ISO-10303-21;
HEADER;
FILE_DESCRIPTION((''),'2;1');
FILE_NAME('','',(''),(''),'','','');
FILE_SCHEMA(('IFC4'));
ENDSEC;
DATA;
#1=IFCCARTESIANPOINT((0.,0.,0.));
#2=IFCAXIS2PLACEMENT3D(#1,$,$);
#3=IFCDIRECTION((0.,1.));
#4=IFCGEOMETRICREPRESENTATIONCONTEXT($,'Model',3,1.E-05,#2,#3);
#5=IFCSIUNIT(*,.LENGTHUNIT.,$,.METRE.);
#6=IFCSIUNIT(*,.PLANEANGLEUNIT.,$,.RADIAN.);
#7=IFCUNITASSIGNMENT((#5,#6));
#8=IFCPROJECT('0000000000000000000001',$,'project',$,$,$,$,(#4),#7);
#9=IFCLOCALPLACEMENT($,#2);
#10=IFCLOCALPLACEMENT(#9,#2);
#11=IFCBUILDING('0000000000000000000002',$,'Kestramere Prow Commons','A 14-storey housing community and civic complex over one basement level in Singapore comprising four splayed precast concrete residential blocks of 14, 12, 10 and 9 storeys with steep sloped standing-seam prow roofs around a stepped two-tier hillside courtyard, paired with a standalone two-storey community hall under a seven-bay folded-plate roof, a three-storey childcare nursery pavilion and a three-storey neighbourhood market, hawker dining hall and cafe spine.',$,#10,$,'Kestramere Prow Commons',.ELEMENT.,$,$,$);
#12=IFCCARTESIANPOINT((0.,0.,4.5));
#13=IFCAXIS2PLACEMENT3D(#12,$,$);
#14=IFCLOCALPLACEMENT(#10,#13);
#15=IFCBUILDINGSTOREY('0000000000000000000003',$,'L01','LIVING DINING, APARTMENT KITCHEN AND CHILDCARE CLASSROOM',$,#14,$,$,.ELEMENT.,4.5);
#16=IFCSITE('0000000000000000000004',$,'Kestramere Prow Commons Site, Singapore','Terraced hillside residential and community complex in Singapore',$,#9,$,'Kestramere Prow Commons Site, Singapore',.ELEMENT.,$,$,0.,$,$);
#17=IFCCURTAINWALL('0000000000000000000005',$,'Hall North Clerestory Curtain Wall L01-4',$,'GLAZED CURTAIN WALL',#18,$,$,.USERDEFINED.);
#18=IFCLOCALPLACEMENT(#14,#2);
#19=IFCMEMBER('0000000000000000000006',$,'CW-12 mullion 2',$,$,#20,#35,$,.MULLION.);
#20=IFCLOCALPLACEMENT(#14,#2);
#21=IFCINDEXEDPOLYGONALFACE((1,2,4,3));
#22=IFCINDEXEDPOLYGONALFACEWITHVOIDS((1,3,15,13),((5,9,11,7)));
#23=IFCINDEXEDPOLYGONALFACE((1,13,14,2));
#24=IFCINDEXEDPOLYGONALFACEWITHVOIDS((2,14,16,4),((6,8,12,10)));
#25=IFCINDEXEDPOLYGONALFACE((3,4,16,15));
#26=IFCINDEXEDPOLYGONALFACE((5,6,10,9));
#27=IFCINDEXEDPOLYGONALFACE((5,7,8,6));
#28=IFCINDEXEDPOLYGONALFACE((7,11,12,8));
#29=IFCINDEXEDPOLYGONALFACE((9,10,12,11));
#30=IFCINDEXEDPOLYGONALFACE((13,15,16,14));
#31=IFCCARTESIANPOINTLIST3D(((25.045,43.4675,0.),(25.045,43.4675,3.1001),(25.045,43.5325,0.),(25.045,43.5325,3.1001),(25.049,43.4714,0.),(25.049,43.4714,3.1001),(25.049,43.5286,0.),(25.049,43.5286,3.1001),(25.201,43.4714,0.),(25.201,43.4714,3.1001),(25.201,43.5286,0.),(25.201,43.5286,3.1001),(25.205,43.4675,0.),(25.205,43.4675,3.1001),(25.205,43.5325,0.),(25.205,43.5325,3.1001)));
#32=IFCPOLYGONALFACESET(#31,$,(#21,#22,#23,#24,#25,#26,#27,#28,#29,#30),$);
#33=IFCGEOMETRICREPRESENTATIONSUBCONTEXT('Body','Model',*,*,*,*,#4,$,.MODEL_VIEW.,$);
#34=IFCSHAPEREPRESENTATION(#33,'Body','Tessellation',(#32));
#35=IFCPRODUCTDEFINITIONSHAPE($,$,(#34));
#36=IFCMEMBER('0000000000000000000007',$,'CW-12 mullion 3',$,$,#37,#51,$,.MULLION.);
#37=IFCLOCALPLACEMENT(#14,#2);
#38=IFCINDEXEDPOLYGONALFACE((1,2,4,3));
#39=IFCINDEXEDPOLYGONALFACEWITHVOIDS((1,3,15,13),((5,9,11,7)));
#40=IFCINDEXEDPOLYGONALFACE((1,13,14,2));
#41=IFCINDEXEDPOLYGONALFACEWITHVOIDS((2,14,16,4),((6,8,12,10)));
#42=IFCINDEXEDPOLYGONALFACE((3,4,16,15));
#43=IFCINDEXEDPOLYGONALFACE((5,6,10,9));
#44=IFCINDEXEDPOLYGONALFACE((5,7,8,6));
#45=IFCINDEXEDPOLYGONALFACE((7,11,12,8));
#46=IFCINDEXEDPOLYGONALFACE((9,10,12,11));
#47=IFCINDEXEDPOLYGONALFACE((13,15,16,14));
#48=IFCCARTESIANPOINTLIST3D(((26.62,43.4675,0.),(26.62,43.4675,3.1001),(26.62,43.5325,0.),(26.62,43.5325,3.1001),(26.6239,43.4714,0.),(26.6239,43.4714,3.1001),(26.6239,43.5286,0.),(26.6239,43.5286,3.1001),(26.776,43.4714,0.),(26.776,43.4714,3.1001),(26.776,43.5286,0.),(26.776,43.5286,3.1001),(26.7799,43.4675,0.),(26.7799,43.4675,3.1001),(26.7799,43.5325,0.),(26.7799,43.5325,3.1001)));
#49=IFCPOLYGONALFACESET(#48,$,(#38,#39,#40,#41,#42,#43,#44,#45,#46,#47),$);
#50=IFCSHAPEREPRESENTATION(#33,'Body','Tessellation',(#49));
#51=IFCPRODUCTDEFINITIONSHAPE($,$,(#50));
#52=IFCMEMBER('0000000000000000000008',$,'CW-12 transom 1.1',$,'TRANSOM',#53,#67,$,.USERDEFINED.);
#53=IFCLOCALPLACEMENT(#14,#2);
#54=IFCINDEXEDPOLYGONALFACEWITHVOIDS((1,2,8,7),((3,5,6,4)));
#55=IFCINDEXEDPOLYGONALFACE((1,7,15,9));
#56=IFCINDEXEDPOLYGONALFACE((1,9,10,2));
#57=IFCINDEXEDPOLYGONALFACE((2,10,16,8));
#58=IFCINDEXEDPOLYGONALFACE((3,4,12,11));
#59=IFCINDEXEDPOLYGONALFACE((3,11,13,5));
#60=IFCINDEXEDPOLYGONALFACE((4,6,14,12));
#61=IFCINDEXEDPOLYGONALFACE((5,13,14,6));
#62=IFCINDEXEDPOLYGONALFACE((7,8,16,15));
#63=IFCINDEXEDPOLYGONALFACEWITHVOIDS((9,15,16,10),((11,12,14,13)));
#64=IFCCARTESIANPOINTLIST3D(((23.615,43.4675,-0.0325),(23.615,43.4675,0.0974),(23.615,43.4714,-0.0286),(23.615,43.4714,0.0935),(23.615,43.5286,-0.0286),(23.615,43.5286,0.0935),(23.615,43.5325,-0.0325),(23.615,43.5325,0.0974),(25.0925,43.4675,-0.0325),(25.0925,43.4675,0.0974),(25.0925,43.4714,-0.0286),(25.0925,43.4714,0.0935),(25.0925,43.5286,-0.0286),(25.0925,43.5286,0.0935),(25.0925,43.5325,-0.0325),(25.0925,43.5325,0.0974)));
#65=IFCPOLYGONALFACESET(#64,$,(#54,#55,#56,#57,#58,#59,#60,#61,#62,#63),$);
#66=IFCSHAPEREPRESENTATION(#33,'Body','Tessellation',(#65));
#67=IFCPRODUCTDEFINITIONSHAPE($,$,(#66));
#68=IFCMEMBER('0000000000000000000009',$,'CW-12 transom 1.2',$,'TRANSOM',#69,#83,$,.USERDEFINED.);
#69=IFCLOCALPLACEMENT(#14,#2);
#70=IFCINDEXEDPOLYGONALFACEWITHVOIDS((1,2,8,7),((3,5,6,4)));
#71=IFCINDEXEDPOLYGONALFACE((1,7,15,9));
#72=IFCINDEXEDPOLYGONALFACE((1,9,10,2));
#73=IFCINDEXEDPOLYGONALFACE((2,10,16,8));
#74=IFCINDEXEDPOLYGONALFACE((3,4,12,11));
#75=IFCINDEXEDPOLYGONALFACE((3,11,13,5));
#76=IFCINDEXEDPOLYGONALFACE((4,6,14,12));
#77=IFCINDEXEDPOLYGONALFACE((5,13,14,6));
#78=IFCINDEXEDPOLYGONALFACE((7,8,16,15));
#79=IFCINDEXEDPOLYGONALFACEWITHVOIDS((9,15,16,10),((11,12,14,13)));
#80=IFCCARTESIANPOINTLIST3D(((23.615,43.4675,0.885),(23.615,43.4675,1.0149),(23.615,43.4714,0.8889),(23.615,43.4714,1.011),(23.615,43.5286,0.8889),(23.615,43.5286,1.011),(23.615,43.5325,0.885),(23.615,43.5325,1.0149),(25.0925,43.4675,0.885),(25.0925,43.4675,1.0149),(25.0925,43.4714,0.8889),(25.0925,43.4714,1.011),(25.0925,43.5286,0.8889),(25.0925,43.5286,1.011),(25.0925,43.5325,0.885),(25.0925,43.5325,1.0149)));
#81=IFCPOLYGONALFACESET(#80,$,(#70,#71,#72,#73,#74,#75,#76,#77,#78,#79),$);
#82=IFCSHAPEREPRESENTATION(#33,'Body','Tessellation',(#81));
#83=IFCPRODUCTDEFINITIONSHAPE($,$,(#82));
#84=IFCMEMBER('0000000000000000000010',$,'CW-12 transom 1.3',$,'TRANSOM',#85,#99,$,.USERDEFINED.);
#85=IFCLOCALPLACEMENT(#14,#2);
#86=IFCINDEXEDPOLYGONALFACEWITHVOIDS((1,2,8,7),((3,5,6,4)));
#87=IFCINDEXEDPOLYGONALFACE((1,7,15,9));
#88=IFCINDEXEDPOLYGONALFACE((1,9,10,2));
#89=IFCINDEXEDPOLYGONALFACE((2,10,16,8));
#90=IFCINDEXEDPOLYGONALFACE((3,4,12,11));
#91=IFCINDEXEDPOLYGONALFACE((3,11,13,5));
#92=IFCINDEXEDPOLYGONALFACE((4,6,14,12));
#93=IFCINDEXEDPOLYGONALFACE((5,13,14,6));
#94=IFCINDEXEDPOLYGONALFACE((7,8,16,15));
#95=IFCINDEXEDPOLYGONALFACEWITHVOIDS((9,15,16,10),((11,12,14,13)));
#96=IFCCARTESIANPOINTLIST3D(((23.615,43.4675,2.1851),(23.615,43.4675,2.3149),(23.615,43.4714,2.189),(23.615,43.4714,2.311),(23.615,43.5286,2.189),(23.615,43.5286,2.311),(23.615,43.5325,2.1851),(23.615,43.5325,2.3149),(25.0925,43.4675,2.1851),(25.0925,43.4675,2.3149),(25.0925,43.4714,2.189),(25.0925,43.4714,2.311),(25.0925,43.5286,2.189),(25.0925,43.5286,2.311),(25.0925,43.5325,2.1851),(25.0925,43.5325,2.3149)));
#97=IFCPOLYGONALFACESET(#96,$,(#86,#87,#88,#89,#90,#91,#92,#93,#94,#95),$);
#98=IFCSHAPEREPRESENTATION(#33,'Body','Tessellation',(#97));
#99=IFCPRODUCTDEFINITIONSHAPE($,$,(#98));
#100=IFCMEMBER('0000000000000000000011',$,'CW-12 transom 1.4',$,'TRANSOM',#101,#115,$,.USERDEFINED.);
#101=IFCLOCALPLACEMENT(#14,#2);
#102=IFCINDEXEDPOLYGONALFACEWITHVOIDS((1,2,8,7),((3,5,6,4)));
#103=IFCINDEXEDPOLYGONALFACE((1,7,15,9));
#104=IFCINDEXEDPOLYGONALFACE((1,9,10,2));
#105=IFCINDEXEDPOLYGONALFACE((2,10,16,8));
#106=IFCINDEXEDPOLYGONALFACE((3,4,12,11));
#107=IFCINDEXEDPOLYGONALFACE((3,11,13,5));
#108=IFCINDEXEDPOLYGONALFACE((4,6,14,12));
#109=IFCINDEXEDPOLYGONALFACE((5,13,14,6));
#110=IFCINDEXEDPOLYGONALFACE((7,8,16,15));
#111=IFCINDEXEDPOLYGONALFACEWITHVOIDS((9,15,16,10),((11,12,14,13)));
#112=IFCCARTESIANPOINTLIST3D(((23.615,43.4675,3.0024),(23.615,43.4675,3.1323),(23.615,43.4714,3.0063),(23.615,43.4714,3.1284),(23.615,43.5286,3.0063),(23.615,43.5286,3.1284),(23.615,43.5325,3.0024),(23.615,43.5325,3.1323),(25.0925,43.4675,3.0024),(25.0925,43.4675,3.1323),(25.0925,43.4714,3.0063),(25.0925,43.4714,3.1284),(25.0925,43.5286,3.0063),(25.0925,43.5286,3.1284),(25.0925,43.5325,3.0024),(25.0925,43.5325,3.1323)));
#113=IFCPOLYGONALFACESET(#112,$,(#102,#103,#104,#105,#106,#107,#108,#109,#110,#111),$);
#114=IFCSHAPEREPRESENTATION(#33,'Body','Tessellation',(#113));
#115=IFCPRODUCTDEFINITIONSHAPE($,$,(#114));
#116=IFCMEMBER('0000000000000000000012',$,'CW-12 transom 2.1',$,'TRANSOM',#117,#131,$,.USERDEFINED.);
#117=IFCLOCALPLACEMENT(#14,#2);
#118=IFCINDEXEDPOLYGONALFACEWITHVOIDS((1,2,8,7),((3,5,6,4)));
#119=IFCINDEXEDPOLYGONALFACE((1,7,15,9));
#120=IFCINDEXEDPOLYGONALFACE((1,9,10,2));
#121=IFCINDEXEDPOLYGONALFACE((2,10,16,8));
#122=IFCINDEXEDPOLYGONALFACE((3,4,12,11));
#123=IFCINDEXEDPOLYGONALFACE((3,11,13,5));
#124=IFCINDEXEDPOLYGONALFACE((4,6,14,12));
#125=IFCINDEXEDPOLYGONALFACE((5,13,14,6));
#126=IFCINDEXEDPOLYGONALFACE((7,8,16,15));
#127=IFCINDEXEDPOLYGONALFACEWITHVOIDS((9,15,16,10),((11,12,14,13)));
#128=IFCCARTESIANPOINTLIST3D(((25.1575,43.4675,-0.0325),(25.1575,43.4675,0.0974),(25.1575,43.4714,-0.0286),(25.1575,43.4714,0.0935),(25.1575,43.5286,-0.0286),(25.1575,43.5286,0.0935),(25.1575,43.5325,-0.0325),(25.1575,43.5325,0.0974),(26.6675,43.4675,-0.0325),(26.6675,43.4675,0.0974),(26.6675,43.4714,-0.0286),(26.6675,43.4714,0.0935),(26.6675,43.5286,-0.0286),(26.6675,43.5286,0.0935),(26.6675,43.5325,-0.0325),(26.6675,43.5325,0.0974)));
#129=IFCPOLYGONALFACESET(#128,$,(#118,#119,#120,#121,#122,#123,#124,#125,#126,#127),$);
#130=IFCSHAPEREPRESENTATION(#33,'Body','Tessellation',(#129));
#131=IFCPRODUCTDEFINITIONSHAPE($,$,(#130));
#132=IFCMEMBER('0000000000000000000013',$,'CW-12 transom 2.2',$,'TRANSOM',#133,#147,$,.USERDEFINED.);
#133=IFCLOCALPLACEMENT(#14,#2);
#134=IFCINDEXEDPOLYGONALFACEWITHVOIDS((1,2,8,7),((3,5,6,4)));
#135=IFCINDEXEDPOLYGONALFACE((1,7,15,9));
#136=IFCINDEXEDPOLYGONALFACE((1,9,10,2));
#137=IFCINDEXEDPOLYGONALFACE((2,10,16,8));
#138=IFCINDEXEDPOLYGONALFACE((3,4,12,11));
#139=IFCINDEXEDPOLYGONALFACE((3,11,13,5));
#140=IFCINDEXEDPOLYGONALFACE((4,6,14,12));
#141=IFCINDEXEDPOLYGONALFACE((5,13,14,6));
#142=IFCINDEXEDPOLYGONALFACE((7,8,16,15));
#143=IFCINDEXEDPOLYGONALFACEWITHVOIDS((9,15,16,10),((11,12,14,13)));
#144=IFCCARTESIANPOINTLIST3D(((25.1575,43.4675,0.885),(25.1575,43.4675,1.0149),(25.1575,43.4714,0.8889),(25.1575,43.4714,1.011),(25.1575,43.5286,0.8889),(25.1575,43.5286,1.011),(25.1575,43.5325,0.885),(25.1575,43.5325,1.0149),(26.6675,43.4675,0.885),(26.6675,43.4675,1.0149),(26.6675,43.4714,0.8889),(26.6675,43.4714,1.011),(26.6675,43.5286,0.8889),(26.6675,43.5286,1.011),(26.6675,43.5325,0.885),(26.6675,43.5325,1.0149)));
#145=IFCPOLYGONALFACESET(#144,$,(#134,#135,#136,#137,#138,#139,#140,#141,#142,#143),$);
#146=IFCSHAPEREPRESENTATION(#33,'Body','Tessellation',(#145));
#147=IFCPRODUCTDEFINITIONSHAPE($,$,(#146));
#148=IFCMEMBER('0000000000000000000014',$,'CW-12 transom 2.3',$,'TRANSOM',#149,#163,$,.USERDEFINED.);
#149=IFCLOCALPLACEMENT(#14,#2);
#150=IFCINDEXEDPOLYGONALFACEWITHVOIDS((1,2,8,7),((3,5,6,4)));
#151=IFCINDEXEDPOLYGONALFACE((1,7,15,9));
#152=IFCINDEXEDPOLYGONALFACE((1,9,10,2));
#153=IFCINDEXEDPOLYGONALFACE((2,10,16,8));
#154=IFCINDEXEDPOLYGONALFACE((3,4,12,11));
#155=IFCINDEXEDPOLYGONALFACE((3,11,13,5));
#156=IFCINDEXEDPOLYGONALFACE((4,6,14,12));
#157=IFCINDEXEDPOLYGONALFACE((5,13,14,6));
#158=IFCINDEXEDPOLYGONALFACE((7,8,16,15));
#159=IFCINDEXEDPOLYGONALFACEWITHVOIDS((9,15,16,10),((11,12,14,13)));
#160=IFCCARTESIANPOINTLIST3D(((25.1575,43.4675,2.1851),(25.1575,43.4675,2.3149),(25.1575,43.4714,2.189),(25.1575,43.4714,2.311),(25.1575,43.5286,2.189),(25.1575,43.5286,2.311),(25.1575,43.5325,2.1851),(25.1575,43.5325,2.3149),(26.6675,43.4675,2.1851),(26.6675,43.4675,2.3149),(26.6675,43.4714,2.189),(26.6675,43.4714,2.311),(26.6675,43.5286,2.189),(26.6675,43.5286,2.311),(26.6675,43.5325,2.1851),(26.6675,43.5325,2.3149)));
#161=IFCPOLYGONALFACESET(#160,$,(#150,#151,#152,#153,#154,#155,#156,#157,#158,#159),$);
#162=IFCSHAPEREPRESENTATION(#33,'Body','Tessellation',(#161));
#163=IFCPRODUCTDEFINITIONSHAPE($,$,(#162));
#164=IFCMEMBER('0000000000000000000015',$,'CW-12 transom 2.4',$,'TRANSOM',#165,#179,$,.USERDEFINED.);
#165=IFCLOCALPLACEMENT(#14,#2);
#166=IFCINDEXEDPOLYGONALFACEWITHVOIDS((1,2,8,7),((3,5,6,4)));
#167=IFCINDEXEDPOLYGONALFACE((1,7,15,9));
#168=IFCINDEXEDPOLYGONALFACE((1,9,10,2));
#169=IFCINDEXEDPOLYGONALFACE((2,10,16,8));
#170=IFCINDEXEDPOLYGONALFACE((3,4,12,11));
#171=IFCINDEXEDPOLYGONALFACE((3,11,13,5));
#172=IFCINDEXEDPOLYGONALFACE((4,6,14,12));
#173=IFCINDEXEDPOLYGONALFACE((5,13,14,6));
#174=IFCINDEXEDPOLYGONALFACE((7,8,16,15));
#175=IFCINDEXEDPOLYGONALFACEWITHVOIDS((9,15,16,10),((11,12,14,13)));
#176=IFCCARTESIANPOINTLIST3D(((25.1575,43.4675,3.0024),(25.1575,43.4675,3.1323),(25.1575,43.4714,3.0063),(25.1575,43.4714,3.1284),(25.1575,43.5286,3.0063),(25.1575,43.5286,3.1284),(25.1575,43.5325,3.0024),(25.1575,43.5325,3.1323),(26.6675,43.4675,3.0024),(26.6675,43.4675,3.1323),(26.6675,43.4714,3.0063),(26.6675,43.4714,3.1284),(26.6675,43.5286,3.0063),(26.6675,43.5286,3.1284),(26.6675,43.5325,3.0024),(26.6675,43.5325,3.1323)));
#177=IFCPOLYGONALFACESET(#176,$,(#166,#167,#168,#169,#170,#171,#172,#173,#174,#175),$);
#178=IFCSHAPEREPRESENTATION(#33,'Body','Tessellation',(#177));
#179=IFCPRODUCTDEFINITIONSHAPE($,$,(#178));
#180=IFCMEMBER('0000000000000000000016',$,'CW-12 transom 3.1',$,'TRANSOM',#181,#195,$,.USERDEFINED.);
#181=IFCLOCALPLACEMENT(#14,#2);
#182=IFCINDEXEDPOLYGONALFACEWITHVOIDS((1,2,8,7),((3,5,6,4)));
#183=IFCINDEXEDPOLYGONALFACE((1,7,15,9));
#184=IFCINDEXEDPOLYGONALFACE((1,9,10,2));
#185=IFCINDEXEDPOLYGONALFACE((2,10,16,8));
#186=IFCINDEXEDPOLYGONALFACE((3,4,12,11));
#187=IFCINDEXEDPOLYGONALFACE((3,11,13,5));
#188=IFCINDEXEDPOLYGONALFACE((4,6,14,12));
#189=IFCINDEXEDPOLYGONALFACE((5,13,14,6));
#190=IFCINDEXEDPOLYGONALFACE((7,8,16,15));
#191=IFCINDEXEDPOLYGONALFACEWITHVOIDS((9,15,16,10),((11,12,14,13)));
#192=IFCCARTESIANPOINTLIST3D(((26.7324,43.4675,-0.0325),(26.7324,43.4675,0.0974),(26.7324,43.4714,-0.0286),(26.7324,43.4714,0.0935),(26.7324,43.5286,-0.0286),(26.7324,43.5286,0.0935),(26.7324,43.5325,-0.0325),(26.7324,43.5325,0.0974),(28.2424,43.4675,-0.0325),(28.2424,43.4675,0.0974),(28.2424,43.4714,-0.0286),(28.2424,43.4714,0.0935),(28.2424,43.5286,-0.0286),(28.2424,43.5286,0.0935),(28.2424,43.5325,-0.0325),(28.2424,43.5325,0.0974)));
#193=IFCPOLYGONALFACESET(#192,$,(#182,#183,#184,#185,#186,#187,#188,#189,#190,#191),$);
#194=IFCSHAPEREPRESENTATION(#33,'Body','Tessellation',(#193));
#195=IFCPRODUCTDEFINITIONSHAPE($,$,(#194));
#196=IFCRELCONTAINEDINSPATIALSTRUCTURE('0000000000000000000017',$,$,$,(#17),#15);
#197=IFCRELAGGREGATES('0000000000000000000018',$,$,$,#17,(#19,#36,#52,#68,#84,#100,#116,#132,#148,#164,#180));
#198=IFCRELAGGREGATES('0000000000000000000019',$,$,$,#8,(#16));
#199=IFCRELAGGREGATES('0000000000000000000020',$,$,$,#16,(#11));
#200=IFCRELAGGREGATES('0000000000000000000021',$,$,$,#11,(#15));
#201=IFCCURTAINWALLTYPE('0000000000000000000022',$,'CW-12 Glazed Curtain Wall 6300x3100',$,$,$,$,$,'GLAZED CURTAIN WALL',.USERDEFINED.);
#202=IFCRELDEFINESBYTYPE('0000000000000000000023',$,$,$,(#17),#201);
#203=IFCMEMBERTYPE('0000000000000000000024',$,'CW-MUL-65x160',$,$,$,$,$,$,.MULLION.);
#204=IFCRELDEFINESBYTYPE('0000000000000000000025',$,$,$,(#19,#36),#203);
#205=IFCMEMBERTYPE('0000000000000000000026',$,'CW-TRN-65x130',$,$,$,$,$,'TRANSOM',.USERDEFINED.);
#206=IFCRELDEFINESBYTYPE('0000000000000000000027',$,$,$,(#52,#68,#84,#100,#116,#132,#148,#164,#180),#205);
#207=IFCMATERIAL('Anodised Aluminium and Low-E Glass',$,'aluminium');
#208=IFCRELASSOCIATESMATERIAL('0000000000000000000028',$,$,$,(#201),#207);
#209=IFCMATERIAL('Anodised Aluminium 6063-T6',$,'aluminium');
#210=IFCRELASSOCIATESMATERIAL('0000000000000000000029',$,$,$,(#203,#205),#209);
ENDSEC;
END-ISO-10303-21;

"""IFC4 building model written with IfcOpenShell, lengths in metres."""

from ifc_helpers import new_model, si_unit, direction, frame, origin, origin_2d, place, context, subcontext, project, spatial, hollow_rectangle, extrude, material, material_profile, profile_set, type_object, element, aggregate, save


model = new_model("IFC4")

# Units and contexts
model_context = context("Model", 3, precision=1e-05, world=origin(), true_north=direction((0.0, 1.0)))
body_context = subcontext(model_context, "Body", "Model", "MODEL_VIEW")
ifc_project = project(units=[si_unit("LENGTHUNIT", "METRE"), si_unit("PLANEANGLEUNIT", "RADIAN")], contexts=[model_context])

# Site, building, storey
site_placement = place(None, origin())
site = spatial("IfcSite", under=ifc_project, at=site_placement, Name="Kestramere Prow Commons Site, Singapore", Description="Terraced hillside residential and community complex in Singapore", LongName="Kestramere Prow Commons Site, Singapore", CompositionType="ELEMENT", RefElevation=0.0)
building_placement = place(site_placement, origin())
building = spatial("IfcBuilding", under=site, at=building_placement, Name="Kestramere Prow Commons", Description="A 14-storey housing community and civic complex over one basement level in Singapore comprising four splayed precast concrete residential blocks of 14, 12, 10 and 9 storeys with steep sloped standing-seam prow roofs around a stepped two-tier hillside courtyard, paired with a standalone two-storey community hall under a seven-bay folded-plate roof, a three-storey childcare nursery pavilion and a three-storey neighbourhood market, hawker dining hall and cafe spine.", LongName="Kestramere Prow Commons", CompositionType="ELEMENT")
storey_placement = place(building_placement, frame((0.0, 0.0, 4.5)))
storey = spatial("IfcBuildingStorey", under=building, at=storey_placement, Name="L01", Description="LIVING DINING, APARTMENT KITCHEN AND CHILDCARE CLASSROOM", CompositionType="ELEMENT", Elevation=4.5)

# Curtain wall, members
ifc_material_1 = material(Name="Anodised Aluminium and Low-E Glass", Category="aluminium")
curtain_wall_type = type_object("IfcCurtainWallType", Name="CW-12 Glazed Curtain Wall 6300x3100", ElementType="GLAZED CURTAIN WALL", PredefinedType="USERDEFINED", material=ifc_material_1)
curtain_wall_placement = place(storey_placement, origin())
curtain_wall = element("IfcCurtainWall", 1, at=curtain_wall_placement, inside=storey, type_object=curtain_wall_type, Name="Hall North Clerestory Curtain Wall L01-4", ObjectType="GLAZED CURTAIN WALL", PredefinedType="USERDEFINED")
ifc_material_2 = material(Name="Anodised Aluminium 6063-T6", Category="aluminium")
ifc_material_profile_1 = material_profile(ifc_material_2, hollow_rectangle(XDim=0.0649, YDim=0.1599, WallThickness=0.0039, at=origin_2d()), Name="ALU-MUL 65x160")
ifc_profile_set_1 = profile_set([ifc_material_profile_1], Name="Anodised Aluminium 6063-T6")
member_type_1 = type_object("IfcMemberType", Name="CW-MUL-65x160", PredefinedType="MULLION", material=ifc_profile_set_1)
member_1_placement = place(storey_placement, frame((25.125, 43.5, 0.0), z_axis=(0.0, 0.0, 1.0), x_axis=(0.0, 1.0, 0.0)))
member_1 = element("IfcMember", 2, at=member_1_placement, type_object=member_type_1, Name="CW-12 mullion 2", PredefinedType="MULLION", context=body_context, shape_type="SweptSolid", body=[
    extrude(hollow_rectangle(XDim=0.0649, YDim=0.1599, WallThickness=0.0039, at=origin_2d()), origin(), (0.0, 0.0, 1.0), 3.1001),
])
member_2_placement = place(storey_placement, frame((26.7, 43.5, 0.0), z_axis=(0.0, 0.0, 1.0), x_axis=(0.0, 1.0, 0.0)))
member_2 = element("IfcMember", 3, at=member_2_placement, type_object=member_type_1, Name="CW-12 mullion 3", PredefinedType="MULLION", context=body_context, shape_type="SweptSolid", body=[
    extrude(hollow_rectangle(XDim=0.0649, YDim=0.1599, WallThickness=0.0039, at=origin_2d()), origin(), (0.0, 0.0, 1.0), 3.1001),
])
ifc_material_profile_2 = material_profile(ifc_material_2, hollow_rectangle(XDim=0.0649, YDim=0.1299, WallThickness=0.0039, at=origin_2d()), Name="ALU-TRN 65x130")
ifc_profile_set_2 = profile_set([ifc_material_profile_2], Name="Anodised Aluminium 6063-T6")
member_type_2 = type_object("IfcMemberType", Name="CW-TRN-65x130", ElementType="TRANSOM", PredefinedType="USERDEFINED", material=ifc_profile_set_2)
member_3_placement = place(storey_placement, frame((23.615, 43.5, 0.0325), z_axis=(1.0, 0.0, 0.0), x_axis=(0.0, 1.0, 0.0)))
member_3 = element("IfcMember", 4, at=member_3_placement, type_object=member_type_2, Name="CW-12 transom 1.1", ObjectType="TRANSOM", PredefinedType="USERDEFINED", context=body_context, shape_type="SweptSolid", body=[
    extrude(hollow_rectangle(XDim=0.0649, YDim=0.1299, WallThickness=0.0039, at=origin_2d()), origin(), (0.0, 0.0, 1.0), 1.4775),
])
member_4_placement = place(storey_placement, frame((23.615, 43.5, 0.95), z_axis=(1.0, 0.0, 0.0), x_axis=(0.0, 1.0, 0.0)))
member_4 = element("IfcMember", 5, at=member_4_placement, type_object=member_type_2, Name="CW-12 transom 1.2", ObjectType="TRANSOM", PredefinedType="USERDEFINED", context=body_context, shape_type="SweptSolid", body=[
    extrude(hollow_rectangle(XDim=0.0649, YDim=0.1299, WallThickness=0.0039, at=origin_2d()), origin(), (0.0, 0.0, 1.0), 1.4775),
])
member_5_placement = place(storey_placement, frame((23.615, 43.5, 2.25), z_axis=(1.0, 0.0, 0.0), x_axis=(0.0, 1.0, 0.0)))
member_5 = element("IfcMember", 6, at=member_5_placement, type_object=member_type_2, Name="CW-12 transom 1.3", ObjectType="TRANSOM", PredefinedType="USERDEFINED", context=body_context, shape_type="SweptSolid", body=[
    extrude(hollow_rectangle(XDim=0.0649, YDim=0.1299, WallThickness=0.0039, at=origin_2d()), origin(), (0.0, 0.0, 1.0), 1.4775),
])
member_6_placement = place(storey_placement, frame((23.615, 43.5, 3.0674), z_axis=(1.0, 0.0, 0.0), x_axis=(0.0, 1.0, 0.0)))
member_6 = element("IfcMember", 7, at=member_6_placement, type_object=member_type_2, Name="CW-12 transom 1.4", ObjectType="TRANSOM", PredefinedType="USERDEFINED", context=body_context, shape_type="SweptSolid", body=[
    extrude(hollow_rectangle(XDim=0.0649, YDim=0.1299, WallThickness=0.0039, at=origin_2d()), origin(), (0.0, 0.0, 1.0), 1.4775),
])
member_7_placement = place(storey_placement, frame((25.1575, 43.5, 0.0325), z_axis=(1.0, 0.0, 0.0), x_axis=(0.0, 1.0, 0.0)))
member_7 = element("IfcMember", 8, at=member_7_placement, type_object=member_type_2, Name="CW-12 transom 2.1", ObjectType="TRANSOM", PredefinedType="USERDEFINED", context=body_context, shape_type="SweptSolid", body=[
    extrude(hollow_rectangle(XDim=0.0649, YDim=0.1299, WallThickness=0.0039, at=origin_2d()), origin(), (0.0, 0.0, 1.0), 1.51),
])
member_8_placement = place(storey_placement, frame((25.1575, 43.5, 0.95), z_axis=(1.0, 0.0, 0.0), x_axis=(0.0, 1.0, 0.0)))
member_8 = element("IfcMember", 9, at=member_8_placement, type_object=member_type_2, Name="CW-12 transom 2.2", ObjectType="TRANSOM", PredefinedType="USERDEFINED", context=body_context, shape_type="SweptSolid", body=[
    extrude(hollow_rectangle(XDim=0.0649, YDim=0.1299, WallThickness=0.0039, at=origin_2d()), origin(), (0.0, 0.0, 1.0), 1.51),
])
member_9_placement = place(storey_placement, frame((25.1575, 43.5, 2.25), z_axis=(1.0, 0.0, 0.0), x_axis=(0.0, 1.0, 0.0)))
member_9 = element("IfcMember", 10, at=member_9_placement, type_object=member_type_2, Name="CW-12 transom 2.3", ObjectType="TRANSOM", PredefinedType="USERDEFINED", context=body_context, shape_type="SweptSolid", body=[
    extrude(hollow_rectangle(XDim=0.0649, YDim=0.1299, WallThickness=0.0039, at=origin_2d()), origin(), (0.0, 0.0, 1.0), 1.51),
])
member_10_placement = place(storey_placement, frame((25.1575, 43.5, 3.0674), z_axis=(1.0, 0.0, 0.0), x_axis=(0.0, 1.0, 0.0)))
member_10 = element("IfcMember", 11, at=member_10_placement, type_object=member_type_2, Name="CW-12 transom 2.4", ObjectType="TRANSOM", PredefinedType="USERDEFINED", context=body_context, shape_type="SweptSolid", body=[
    extrude(hollow_rectangle(XDim=0.0649, YDim=0.1299, WallThickness=0.0039, at=origin_2d()), origin(), (0.0, 0.0, 1.0), 1.51),
])
member_11_placement = place(storey_placement, frame((26.7324, 43.5, 0.0325), z_axis=(1.0, 0.0, 0.0), x_axis=(0.0, 1.0, 0.0)))
member_11 = element("IfcMember", 12, at=member_11_placement, type_object=member_type_2, Name="CW-12 transom 3.1", ObjectType="TRANSOM", PredefinedType="USERDEFINED", context=body_context, shape_type="SweptSolid", body=[
    extrude(hollow_rectangle(XDim=0.0649, YDim=0.1299, WallThickness=0.0039, at=origin_2d()), origin(), (0.0, 0.0, 1.0), 1.51),
])
aggregate(curtain_wall, [member_1, member_2, member_3, member_4, member_5, member_6, member_7, member_8, member_9, member_10, member_11])

save(model, "model.ifc")
